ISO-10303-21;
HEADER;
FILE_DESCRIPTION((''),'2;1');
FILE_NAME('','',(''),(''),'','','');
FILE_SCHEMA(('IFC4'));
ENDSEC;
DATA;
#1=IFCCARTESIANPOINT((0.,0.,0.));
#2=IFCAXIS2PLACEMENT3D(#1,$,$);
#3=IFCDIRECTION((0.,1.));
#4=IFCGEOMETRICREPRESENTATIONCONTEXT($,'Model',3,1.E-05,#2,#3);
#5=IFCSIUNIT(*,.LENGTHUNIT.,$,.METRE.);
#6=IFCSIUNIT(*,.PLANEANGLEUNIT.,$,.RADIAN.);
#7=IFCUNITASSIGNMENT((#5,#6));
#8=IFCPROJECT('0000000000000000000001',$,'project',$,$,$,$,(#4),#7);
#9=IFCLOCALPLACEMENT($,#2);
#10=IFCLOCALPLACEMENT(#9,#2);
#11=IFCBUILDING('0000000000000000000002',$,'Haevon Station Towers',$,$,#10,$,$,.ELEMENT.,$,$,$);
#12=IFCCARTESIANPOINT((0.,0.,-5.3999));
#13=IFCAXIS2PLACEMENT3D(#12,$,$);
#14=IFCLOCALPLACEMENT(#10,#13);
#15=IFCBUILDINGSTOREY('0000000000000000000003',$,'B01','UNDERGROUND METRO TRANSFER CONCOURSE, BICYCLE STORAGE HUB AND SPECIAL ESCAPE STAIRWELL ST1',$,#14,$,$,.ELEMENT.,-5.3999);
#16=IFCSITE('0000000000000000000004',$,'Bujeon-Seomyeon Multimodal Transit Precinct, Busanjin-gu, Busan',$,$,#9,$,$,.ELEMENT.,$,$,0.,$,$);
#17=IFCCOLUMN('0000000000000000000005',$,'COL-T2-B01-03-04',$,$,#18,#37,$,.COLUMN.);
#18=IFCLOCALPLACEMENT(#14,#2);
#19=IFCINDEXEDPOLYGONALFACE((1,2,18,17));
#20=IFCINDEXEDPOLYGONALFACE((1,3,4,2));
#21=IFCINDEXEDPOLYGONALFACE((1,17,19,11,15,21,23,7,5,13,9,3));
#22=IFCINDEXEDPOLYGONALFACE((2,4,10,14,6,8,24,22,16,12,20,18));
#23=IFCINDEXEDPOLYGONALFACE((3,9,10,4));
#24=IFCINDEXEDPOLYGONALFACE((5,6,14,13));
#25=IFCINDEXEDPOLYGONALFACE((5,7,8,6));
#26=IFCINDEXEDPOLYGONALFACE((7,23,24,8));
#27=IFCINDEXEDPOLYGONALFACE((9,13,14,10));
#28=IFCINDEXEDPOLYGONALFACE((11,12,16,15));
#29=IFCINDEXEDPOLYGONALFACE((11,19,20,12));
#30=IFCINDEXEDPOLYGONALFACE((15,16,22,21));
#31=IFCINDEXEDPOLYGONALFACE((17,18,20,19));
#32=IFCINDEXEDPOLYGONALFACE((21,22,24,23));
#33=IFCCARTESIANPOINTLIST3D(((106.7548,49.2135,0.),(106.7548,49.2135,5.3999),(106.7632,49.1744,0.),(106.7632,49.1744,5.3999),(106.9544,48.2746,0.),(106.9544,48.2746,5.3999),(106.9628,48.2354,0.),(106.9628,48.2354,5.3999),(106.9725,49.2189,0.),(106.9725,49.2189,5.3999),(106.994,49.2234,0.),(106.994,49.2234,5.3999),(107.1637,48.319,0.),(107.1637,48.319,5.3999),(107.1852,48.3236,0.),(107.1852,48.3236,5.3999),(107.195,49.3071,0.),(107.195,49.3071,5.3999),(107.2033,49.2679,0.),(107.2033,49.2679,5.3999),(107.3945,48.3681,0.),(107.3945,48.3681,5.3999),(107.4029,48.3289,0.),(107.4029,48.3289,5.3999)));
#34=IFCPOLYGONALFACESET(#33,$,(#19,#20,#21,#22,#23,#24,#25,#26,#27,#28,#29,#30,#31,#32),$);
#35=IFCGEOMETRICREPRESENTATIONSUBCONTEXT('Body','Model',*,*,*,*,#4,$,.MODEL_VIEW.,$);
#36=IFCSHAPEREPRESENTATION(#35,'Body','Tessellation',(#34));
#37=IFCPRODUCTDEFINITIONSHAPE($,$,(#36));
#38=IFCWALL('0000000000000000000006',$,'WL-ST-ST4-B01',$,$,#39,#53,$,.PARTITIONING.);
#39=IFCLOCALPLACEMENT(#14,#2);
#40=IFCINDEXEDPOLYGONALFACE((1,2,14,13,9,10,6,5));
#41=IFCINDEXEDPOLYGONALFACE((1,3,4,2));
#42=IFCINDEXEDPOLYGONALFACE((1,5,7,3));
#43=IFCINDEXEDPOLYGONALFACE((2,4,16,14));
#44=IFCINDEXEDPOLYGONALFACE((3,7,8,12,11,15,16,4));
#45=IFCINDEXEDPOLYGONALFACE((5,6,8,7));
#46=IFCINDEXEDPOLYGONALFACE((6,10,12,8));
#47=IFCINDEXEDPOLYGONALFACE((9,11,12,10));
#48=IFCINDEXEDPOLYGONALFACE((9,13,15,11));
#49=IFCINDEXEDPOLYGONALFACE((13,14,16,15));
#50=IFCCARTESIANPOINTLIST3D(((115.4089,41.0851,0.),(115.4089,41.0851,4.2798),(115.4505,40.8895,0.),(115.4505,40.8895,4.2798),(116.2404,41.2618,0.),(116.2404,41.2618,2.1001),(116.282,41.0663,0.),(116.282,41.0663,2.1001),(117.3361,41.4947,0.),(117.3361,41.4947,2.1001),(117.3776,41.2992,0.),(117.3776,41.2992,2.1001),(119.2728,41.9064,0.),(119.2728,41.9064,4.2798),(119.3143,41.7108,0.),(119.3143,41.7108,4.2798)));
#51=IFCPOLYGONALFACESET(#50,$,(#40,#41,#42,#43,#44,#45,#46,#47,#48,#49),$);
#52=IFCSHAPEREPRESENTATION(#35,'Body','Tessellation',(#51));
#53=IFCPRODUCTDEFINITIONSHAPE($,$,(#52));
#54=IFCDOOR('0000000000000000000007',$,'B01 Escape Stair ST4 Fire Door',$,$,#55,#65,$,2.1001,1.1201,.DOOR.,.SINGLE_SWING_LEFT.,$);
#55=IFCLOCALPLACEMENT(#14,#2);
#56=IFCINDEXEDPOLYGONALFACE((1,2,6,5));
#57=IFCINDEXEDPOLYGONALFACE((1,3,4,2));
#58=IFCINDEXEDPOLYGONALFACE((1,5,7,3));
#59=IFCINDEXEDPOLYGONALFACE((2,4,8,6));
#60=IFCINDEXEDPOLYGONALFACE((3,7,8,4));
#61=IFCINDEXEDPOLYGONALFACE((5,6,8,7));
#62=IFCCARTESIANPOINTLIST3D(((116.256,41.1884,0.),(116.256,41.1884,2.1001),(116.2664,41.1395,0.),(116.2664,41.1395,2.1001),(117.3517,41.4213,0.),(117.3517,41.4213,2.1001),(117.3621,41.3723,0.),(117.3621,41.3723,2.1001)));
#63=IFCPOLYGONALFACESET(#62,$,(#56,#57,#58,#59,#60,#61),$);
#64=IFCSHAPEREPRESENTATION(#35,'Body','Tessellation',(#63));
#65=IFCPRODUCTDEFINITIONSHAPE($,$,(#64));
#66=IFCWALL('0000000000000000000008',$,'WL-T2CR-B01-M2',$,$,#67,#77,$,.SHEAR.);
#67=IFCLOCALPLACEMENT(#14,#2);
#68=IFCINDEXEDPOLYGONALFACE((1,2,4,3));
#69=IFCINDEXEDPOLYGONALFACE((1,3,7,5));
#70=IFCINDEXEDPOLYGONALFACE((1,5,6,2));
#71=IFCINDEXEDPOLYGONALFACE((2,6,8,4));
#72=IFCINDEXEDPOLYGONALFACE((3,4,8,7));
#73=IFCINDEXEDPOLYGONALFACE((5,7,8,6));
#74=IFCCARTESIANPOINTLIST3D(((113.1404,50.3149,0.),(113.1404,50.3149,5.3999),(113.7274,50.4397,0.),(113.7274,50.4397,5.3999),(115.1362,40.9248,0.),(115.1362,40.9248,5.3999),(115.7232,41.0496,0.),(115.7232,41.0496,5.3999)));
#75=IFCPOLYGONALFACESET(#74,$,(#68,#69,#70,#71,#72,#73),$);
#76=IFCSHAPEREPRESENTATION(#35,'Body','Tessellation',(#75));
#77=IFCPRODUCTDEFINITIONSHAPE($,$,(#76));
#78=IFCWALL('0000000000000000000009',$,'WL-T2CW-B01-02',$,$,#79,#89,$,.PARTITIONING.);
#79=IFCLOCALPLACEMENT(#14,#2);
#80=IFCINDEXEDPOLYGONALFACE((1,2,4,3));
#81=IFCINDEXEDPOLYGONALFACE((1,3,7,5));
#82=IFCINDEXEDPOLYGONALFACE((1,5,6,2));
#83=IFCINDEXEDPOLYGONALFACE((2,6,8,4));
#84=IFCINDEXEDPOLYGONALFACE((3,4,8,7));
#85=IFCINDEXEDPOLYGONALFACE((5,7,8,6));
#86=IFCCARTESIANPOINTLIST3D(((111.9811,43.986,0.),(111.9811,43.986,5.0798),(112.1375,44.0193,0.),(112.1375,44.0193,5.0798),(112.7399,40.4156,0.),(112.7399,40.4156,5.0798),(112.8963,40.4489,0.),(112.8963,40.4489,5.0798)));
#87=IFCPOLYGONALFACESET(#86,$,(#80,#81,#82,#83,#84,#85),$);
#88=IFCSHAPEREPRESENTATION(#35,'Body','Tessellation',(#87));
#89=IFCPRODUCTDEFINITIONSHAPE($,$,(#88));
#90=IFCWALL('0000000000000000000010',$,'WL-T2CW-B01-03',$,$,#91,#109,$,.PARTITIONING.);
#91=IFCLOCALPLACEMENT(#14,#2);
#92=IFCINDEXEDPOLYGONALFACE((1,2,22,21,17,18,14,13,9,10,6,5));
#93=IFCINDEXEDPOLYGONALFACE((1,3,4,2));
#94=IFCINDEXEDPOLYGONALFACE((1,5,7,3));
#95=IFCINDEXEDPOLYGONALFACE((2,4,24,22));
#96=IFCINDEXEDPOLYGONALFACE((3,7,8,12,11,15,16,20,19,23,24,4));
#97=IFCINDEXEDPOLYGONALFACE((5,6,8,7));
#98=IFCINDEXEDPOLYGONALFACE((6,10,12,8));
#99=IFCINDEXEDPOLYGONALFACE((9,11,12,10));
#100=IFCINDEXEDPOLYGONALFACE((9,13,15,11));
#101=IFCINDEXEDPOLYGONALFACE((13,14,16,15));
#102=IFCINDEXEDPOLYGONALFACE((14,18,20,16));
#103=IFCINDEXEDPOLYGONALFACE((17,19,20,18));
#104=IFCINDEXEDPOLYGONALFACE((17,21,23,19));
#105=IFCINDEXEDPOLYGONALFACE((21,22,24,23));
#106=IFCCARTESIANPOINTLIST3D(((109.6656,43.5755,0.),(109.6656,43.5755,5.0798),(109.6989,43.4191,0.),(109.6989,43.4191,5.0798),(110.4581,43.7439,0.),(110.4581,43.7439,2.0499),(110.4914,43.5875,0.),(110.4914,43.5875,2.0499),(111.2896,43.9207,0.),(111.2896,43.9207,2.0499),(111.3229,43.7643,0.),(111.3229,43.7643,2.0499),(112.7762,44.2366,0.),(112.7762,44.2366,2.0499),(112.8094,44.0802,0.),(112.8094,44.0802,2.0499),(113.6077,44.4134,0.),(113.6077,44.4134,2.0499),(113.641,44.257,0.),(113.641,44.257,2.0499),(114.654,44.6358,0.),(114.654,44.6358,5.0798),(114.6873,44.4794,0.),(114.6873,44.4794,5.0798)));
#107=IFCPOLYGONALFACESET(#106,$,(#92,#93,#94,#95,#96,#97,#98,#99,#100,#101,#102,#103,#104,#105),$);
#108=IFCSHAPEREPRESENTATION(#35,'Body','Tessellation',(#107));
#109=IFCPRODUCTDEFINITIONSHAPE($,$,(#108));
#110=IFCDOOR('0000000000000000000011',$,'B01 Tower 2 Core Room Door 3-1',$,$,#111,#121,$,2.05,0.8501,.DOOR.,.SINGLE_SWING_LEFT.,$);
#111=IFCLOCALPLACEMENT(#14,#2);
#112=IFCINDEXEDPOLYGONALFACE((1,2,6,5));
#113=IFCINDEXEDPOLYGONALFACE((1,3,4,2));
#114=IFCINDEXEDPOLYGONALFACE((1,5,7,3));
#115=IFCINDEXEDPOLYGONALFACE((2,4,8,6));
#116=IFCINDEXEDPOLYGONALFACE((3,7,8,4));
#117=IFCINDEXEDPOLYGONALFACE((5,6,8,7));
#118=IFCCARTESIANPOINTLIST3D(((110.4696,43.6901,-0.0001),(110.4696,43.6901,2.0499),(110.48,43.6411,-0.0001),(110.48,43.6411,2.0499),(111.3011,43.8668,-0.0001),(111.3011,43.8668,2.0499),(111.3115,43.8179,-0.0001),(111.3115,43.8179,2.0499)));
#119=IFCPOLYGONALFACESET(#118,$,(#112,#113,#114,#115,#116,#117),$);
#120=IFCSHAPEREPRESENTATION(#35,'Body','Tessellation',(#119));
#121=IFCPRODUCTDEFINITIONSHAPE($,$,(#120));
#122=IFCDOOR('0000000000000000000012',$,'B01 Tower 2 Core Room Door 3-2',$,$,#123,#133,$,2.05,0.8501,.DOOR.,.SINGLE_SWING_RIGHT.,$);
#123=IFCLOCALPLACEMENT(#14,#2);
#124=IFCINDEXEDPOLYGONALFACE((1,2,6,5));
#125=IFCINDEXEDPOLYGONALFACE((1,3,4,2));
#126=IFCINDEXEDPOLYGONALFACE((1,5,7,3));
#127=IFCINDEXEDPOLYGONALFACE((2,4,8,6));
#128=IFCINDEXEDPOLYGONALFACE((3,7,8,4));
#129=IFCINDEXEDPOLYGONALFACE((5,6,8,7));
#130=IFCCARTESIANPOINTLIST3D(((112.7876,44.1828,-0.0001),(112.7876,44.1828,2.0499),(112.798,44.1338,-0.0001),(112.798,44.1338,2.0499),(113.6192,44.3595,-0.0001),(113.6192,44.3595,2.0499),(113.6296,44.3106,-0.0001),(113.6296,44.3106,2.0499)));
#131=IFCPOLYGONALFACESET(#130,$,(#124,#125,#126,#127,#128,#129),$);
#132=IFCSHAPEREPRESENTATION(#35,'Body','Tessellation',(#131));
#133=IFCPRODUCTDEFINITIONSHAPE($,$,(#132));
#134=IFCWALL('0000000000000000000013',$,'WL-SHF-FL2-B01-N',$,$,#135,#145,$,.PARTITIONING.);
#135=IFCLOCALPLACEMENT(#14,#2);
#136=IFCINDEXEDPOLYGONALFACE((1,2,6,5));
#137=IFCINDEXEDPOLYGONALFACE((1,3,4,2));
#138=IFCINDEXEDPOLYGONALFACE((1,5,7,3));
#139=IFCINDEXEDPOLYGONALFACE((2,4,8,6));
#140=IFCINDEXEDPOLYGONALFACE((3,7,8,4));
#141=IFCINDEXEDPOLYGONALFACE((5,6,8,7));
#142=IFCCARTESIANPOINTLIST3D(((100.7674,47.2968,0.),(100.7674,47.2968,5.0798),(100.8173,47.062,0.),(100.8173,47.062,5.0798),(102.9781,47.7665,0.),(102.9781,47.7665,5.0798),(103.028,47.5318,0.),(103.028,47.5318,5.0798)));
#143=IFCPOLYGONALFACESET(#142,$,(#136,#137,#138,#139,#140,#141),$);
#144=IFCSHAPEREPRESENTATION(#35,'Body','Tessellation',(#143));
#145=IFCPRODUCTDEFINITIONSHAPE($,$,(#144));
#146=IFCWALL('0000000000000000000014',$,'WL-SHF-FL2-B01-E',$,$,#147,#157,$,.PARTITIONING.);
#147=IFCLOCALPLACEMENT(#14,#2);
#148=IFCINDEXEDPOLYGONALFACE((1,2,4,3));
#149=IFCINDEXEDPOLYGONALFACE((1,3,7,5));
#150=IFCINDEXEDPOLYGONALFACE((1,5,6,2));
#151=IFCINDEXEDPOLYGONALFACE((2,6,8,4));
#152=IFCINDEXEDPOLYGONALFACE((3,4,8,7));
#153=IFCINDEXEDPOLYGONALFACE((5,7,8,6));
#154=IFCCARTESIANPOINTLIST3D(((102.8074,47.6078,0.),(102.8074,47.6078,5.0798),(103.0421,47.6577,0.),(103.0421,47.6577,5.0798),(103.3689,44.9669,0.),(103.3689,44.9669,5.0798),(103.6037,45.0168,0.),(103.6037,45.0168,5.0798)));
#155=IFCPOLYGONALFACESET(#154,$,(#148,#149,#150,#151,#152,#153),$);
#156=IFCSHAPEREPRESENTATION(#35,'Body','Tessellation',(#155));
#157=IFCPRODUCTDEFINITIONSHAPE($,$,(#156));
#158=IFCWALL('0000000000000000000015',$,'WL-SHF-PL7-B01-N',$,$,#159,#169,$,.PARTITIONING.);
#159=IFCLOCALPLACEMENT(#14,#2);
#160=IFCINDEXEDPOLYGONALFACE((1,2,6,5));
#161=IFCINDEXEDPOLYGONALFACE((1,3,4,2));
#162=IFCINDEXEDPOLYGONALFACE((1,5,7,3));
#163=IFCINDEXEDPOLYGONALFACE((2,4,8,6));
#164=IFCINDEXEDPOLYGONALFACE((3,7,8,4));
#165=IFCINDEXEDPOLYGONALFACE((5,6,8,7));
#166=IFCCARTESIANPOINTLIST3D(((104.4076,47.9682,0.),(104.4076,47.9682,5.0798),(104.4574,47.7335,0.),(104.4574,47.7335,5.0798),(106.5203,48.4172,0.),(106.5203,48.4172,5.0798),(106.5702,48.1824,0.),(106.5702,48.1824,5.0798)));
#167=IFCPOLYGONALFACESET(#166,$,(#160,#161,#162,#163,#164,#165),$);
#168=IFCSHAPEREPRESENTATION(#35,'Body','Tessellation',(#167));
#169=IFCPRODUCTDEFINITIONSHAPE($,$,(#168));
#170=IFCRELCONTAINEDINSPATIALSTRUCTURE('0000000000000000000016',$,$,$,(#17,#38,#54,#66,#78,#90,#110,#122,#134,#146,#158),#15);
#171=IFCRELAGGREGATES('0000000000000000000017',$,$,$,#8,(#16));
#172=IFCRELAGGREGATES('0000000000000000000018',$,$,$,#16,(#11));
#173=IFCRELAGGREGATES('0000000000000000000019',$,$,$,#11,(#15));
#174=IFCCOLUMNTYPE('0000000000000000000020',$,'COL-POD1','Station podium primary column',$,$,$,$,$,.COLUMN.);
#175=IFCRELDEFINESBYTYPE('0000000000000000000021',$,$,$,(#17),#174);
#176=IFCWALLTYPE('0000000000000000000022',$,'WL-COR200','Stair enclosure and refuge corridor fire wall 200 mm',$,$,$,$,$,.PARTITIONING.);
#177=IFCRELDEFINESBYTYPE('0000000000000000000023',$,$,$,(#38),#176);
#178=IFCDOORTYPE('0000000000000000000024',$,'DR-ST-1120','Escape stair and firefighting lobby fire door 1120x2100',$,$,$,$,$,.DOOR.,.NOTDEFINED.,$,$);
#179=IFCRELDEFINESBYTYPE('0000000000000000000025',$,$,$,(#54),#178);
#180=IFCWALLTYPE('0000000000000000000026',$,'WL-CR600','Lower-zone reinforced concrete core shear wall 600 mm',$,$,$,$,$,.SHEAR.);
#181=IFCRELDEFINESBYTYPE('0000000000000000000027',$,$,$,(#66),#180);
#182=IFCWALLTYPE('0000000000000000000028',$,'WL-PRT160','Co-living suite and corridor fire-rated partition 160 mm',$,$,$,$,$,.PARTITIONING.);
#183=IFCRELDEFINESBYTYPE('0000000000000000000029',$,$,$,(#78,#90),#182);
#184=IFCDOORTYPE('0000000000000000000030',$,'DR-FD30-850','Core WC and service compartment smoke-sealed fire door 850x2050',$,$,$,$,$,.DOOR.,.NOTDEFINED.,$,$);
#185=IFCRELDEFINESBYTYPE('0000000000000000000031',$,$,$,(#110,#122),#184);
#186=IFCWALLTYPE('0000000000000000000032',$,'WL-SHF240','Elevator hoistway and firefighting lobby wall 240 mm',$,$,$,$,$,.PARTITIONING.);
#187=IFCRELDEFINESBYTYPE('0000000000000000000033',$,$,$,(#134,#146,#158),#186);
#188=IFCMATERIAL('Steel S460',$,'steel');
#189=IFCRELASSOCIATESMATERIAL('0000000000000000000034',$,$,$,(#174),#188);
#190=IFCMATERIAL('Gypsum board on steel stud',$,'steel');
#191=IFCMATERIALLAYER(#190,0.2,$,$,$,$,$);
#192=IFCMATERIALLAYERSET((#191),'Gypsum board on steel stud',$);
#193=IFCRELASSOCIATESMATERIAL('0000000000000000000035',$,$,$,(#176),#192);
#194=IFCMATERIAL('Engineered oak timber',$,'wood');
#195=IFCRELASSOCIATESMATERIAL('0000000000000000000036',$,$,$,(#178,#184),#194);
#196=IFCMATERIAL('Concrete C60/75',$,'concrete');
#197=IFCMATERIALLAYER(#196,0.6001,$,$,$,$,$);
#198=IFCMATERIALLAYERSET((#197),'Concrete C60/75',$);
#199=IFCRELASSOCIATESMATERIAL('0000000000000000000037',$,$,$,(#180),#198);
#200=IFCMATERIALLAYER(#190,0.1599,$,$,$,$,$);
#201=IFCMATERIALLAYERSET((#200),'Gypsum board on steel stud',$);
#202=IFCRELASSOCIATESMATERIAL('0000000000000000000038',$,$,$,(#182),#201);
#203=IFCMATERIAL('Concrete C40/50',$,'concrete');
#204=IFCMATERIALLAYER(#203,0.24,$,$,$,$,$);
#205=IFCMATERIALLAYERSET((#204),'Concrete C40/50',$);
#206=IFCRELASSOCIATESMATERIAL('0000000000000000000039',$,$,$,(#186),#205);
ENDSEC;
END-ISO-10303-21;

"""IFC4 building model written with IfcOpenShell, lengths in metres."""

from ifc_helpers import new_model, si_unit, direction, frame, frame_2d, origin, origin_2d, place, context, subcontext, project, spatial, rectangle, i_section, extrude, material, layer, layer_set, material_profile, profile_set, type_object, element, fill, save


model = new_model("IFC4")

# Units and contexts
model_context = context("Model", 3, precision=1e-05, world=origin(), true_north=direction((0.0, 1.0)))
body_context = subcontext(model_context, "Body", "Model", "MODEL_VIEW")
ifc_project = project(units=[si_unit("LENGTHUNIT", "METRE"), si_unit("PLANEANGLEUNIT", "RADIAN")], contexts=[model_context])

# Site, building, storey
site_placement = place(None, origin())
site = spatial("IfcSite", under=ifc_project, at=site_placement, Name="Bujeon-Seomyeon Multimodal Transit Precinct, Busanjin-gu, Busan", CompositionType="ELEMENT", RefElevation=0.0)
building_placement = place(site_placement, origin())
building = spatial("IfcBuilding", under=site, at=building_placement, Name="Haevon Station Towers", CompositionType="ELEMENT")
storey_placement = place(building_placement, frame((0.0, 0.0, -5.3999)))
storey = spatial("IfcBuildingStorey", under=building, at=storey_placement, Name="B01", Description="UNDERGROUND METRO TRANSFER CONCOURSE, BICYCLE STORAGE HUB AND SPECIAL ESCAPE STAIRWELL ST1", CompositionType="ELEMENT", Elevation=-5.3999)

# Column
ifc_material_1 = material(Name="Steel S460", Category="steel")
ifc_material_profile = material_profile(ifc_material_1, i_section(OverallWidth=0.45, OverallDepth=1.0, WebThickness=0.022, FlangeThickness=0.04, at=origin_2d()), Name="H-1000x450x22x40")
ifc_profile_set = profile_set([ifc_material_profile], Name="Steel S460")
column_type = type_object("IfcColumnType", Name="COL-POD1", Description="Station podium primary column", PredefinedType="COLUMN", material=ifc_profile_set)
column_placement = place(storey_placement, frame((107.0789, 48.7712, 0.0), z_axis=(0.0, 0.0, 1.0), x_axis=(0.978148, 0.207912, 0.0)))
element("IfcColumn", 1, at=column_placement, inside=storey, type_object=column_type, Name="COL-T2-B01-03-04", PredefinedType="COLUMN", context=body_context, shape_type="SweptSolid", body=[
    extrude(i_section(OverallWidth=0.45, OverallDepth=1.0, WebThickness=0.022, FlangeThickness=0.04, at=origin_2d()), origin(), (0.0, 0.0, 1.0), 5.3999),
])

# Wall, opening, door
ifc_material_2 = material(Name="Gypsum board on steel stud", Category="steel")
ifc_layer_1 = layer(ifc_material_2, 0.2)
ifc_layer_set_1 = layer_set([ifc_layer_1], Name="Gypsum board on steel stud")
wall_type_1 = type_object("IfcWallType", Name="WL-COR200", Description="Stair enclosure and refuge corridor fire wall 200 mm", PredefinedType="PARTITIONING", material=ifc_layer_set_1)
wall_1_placement = place(storey_placement, frame((115.4297, 40.9873, 0.0), z_axis=(0.0, 0.0, 1.0), x_axis=(0.978147, 0.207916, 0.0)))
wall_1 = element("IfcWall", 2, at=wall_1_placement, inside=storey, type_object=wall_type_1, Name="WL-ST-ST4-B01", PredefinedType="PARTITIONING", context=body_context, shape_type="SweptSolid", body=[
    extrude(rectangle(XDim=3.9502, YDim=0.2, at=frame_2d((1.9751, 0.0))), origin(), (0.0, 0.0, 1.0), 4.2798),
])
opening_1_placement = place(wall_1_placement, frame((0.8501, 0.0, 0.0)))
opening_1 = element("IfcOpeningElement", 3, at=opening_1_placement, cuts=wall_1, PredefinedType="OPENING", context=body_context, shape_type="SweptSolid", body=[
    extrude(rectangle(XDim=1.1201, YDim=2.1001, at=frame_2d((0.5601, 1.05))), frame((0.0, 0.1099, 0.0), z_axis=(0.0, -1.0, 0.0), x_axis=(1.0, 0.0, 0.0)), (0.0, 0.0, 1.0), 0.22),
])
ifc_material_3 = material(Name="Engineered oak timber", Category="wood")
door_type_1 = type_object("IfcDoorType", Name="DR-ST-1120", Description="Escape stair and firefighting lobby fire door 1120x2100", OperationType="NOTDEFINED", PredefinedType="DOOR", material=ifc_material_3)
door_1_placement = place(opening_1_placement, origin())
door_1 = element("IfcDoor", 4, at=door_1_placement, inside=storey, type_object=door_type_1, Name="B01 Escape Stair ST4 Fire Door", OperationType="SINGLE_SWING_LEFT", OverallHeight=2.1001, OverallWidth=1.1201, PredefinedType="DOOR", context=body_context, shape_type="SweptSolid", body=[
    extrude(rectangle(XDim=1.1201, YDim=2.1001, at=frame_2d((0.5601, 1.05))), frame((0.0, 0.0249, 0.0), z_axis=(0.0, -1.0, 0.0), x_axis=(1.0, 0.0, 0.0)), (0.0, 0.0, 1.0), 0.05),
])
fill(opening_1, door_1)

# Walls
ifc_material_4 = material(Name="Concrete C60/75", Category="concrete")
ifc_layer_2 = layer(ifc_material_4, 0.6001)
ifc_layer_set_2 = layer_set([ifc_layer_2], Name="Concrete C60/75")
wall_type_2 = type_object("IfcWallType", Name="WL-CR600", Description="Lower-zone reinforced concrete core shear wall 600 mm", PredefinedType="SHEAR", material=ifc_layer_set_2)
wall_2_placement = place(storey_placement, frame((115.4297, 40.9873, 0.0), z_axis=(0.0, 0.0, 1.0), x_axis=(-0.207903, 0.978149, 0.0)))
element("IfcWall", 5, at=wall_2_placement, inside=storey, type_object=wall_type_2, Name="WL-T2CR-B01-M2", PredefinedType="SHEAR", context=body_context, shape_type="SweptSolid", body=[
    extrude(rectangle(XDim=9.5999, YDim=0.6001, at=frame_2d((4.7998, 0.0))), origin(), (0.0, 0.0, 1.0), 5.3999),
])
ifc_layer_3 = layer(ifc_material_2, 0.1599)
ifc_layer_set_3 = layer_set([ifc_layer_3], Name="Gypsum board on steel stud")
wall_type_3 = type_object("IfcWallType", Name="WL-PRT160", Description="Co-living suite and corridor fire-rated partition 160 mm", PredefinedType="PARTITIONING", material=ifc_layer_set_3)
wall_3_placement = place(storey_placement, frame((112.8181, 40.4321, 0.0), z_axis=(0.0, 0.0, 1.0), x_axis=(-0.207884, 0.978153, 0.0)))
element("IfcWall", 6, at=wall_3_placement, inside=storey, type_object=wall_type_3, Name="WL-T2CW-B01-02", PredefinedType="PARTITIONING", context=body_context, shape_type="SweptSolid", body=[
    extrude(rectangle(XDim=3.6501, YDim=0.1599, at=frame_2d((1.8252, 0.0))), origin(), (0.0, 0.0, 1.0), 5.0798),
])

# Wall, openings, doors
wall_4_placement = place(storey_placement, frame((109.6824, 43.4973, 0.0), z_axis=(0.0, 0.0, 1.0), x_axis=(0.978149, 0.207904, 0.0)))
wall_4 = element("IfcWall", 7, at=wall_4_placement, inside=storey, type_object=wall_type_3, Name="WL-T2CW-B01-03", PredefinedType="PARTITIONING", context=body_context, shape_type="SweptSolid", body=[
    extrude(rectangle(XDim=5.0999, YDim=0.1599, at=frame_2d((2.5498, 0.0))), origin(), (0.0, 0.0, 1.0), 5.0798),
])
opening_2_placement = place(wall_4_placement, frame((0.8101, 0.0, 0.0)))
opening_2 = element("IfcOpeningElement", 8, at=opening_2_placement, cuts=wall_4, PredefinedType="OPENING", context=body_context, shape_type="SweptSolid", body=[
    extrude(rectangle(XDim=0.8501, YDim=2.05, at=frame_2d((0.425, 1.0249))), frame((0.0, 0.0898, 0.0), z_axis=(0.0, -1.0, 0.0), x_axis=(1.0, 0.0, 0.0)), (0.0, 0.0, 1.0), 0.1799),
])
opening_3_placement = place(wall_4_placement, frame((3.1799, 0.0, 0.0)))
opening_3 = element("IfcOpeningElement", 9, at=opening_3_placement, cuts=wall_4, PredefinedType="OPENING", context=body_context, shape_type="SweptSolid", body=[
    extrude(rectangle(XDim=0.8501, YDim=2.05, at=frame_2d((0.425, 1.0249))), frame((0.0, 0.0898, 0.0), z_axis=(0.0, -1.0, 0.0), x_axis=(1.0, 0.0, 0.0)), (0.0, 0.0, 1.0), 0.1799),
])
door_type_2 = type_object("IfcDoorType", Name="DR-FD30-850", Description="Core WC and service compartment smoke-sealed fire door 850x2050", OperationType="NOTDEFINED", PredefinedType="DOOR", material=ifc_material_3)
door_2_placement = place(opening_2_placement, origin())
door_2 = element("IfcDoor", 10, at=door_2_placement, inside=storey, type_object=door_type_2, Name="B01 Tower 2 Core Room Door 3-1", OperationType="SINGLE_SWING_LEFT", OverallHeight=2.05, OverallWidth=0.8501, PredefinedType="DOOR", context=body_context, shape_type="SweptSolid", body=[
    extrude(rectangle(XDim=0.8501, YDim=2.05, at=frame_2d((0.425, 1.0249))), frame((0.0, 0.0249, 0.0), z_axis=(0.0, -1.0, 0.0), x_axis=(1.0, 0.0, 0.0)), (0.0, 0.0, 1.0), 0.05),
])
fill(opening_2, door_2)
door_3_placement = place(opening_3_placement, origin())
door_3 = element("IfcDoor", 11, at=door_3_placement, inside=storey, type_object=door_type_2, Name="B01 Tower 2 Core Room Door 3-2", OperationType="SINGLE_SWING_RIGHT", OverallHeight=2.05, OverallWidth=0.8501, PredefinedType="DOOR", context=body_context, shape_type="SweptSolid", body=[
    extrude(rectangle(XDim=0.8501, YDim=2.05, at=frame_2d((0.425, 1.0249))), frame((0.0, 0.0249, 0.0), z_axis=(0.0, -1.0, 0.0), x_axis=(1.0, 0.0, 0.0)), (0.0, 0.0, 1.0), 0.05),
])
fill(opening_3, door_3)

# Shared definitions
ifc_material_5 = material(Name="Concrete C40/50", Category="concrete")
ifc_layer_4 = layer(ifc_material_5, 0.24)
ifc_layer_set_4 = layer_set([ifc_layer_4], Name="Concrete C40/50")
wall_type_4 = type_object("IfcWallType", Name="WL-SHF240", Description="Elevator hoistway and firefighting lobby wall 240 mm", PredefinedType="PARTITIONING", material=ifc_layer_set_4)

# Walls
wall_5_placement = place(storey_placement, frame((100.7925, 47.1794, 0.0), z_axis=(0.0, 0.0, 1.0), x_axis=(0.978163, 0.207839, 0.0)))
element("IfcWall", 12, at=wall_5_placement, inside=storey, type_object=wall_type_4, Name="WL-SHF-FL2-B01-N", PredefinedType="PARTITIONING", context=body_context, shape_type="SweptSolid", body=[
    extrude(rectangle(XDim=2.26, YDim=0.24, at=frame_2d((1.1299, 0.0))), origin(), (0.0, 0.0, 1.0), 5.0798),
])
wall_6_placement = place(storey_placement, frame((103.4863, 44.9917, 0.0), z_axis=(0.0, 0.0, 1.0), x_axis=(-0.207979, 0.978133, 0.0)))
element("IfcWall", 13, at=wall_6_placement, inside=storey, type_object=wall_type_4, Name="WL-SHF-FL2-B01-E", PredefinedType="PARTITIONING", context=body_context, shape_type="SweptSolid", body=[
    extrude(rectangle(XDim=2.7, YDim=0.24, at=frame_2d((1.3501, 0.0))), origin(), (0.0, 0.0, 1.0), 5.0798),
])

# Wall
wall_7_placement = place(storey_placement, frame((104.4324, 47.8508, 0.0), z_axis=(0.0, 0.0, 1.0), x_axis=(0.978158, 0.207861, 0.0)))
element("IfcWall", 14, at=wall_7_placement, inside=storey, type_object=wall_type_4, Name="WL-SHF-PL7-B01-N", PredefinedType="PARTITIONING", context=body_context, shape_type="SweptSolid", body=[
    extrude(rectangle(XDim=2.1599, YDim=0.24, at=frame_2d((1.0801, 0.0))), origin(), (0.0, 0.0, 1.0), 5.0798),
])

save(model, "model.ifc")
